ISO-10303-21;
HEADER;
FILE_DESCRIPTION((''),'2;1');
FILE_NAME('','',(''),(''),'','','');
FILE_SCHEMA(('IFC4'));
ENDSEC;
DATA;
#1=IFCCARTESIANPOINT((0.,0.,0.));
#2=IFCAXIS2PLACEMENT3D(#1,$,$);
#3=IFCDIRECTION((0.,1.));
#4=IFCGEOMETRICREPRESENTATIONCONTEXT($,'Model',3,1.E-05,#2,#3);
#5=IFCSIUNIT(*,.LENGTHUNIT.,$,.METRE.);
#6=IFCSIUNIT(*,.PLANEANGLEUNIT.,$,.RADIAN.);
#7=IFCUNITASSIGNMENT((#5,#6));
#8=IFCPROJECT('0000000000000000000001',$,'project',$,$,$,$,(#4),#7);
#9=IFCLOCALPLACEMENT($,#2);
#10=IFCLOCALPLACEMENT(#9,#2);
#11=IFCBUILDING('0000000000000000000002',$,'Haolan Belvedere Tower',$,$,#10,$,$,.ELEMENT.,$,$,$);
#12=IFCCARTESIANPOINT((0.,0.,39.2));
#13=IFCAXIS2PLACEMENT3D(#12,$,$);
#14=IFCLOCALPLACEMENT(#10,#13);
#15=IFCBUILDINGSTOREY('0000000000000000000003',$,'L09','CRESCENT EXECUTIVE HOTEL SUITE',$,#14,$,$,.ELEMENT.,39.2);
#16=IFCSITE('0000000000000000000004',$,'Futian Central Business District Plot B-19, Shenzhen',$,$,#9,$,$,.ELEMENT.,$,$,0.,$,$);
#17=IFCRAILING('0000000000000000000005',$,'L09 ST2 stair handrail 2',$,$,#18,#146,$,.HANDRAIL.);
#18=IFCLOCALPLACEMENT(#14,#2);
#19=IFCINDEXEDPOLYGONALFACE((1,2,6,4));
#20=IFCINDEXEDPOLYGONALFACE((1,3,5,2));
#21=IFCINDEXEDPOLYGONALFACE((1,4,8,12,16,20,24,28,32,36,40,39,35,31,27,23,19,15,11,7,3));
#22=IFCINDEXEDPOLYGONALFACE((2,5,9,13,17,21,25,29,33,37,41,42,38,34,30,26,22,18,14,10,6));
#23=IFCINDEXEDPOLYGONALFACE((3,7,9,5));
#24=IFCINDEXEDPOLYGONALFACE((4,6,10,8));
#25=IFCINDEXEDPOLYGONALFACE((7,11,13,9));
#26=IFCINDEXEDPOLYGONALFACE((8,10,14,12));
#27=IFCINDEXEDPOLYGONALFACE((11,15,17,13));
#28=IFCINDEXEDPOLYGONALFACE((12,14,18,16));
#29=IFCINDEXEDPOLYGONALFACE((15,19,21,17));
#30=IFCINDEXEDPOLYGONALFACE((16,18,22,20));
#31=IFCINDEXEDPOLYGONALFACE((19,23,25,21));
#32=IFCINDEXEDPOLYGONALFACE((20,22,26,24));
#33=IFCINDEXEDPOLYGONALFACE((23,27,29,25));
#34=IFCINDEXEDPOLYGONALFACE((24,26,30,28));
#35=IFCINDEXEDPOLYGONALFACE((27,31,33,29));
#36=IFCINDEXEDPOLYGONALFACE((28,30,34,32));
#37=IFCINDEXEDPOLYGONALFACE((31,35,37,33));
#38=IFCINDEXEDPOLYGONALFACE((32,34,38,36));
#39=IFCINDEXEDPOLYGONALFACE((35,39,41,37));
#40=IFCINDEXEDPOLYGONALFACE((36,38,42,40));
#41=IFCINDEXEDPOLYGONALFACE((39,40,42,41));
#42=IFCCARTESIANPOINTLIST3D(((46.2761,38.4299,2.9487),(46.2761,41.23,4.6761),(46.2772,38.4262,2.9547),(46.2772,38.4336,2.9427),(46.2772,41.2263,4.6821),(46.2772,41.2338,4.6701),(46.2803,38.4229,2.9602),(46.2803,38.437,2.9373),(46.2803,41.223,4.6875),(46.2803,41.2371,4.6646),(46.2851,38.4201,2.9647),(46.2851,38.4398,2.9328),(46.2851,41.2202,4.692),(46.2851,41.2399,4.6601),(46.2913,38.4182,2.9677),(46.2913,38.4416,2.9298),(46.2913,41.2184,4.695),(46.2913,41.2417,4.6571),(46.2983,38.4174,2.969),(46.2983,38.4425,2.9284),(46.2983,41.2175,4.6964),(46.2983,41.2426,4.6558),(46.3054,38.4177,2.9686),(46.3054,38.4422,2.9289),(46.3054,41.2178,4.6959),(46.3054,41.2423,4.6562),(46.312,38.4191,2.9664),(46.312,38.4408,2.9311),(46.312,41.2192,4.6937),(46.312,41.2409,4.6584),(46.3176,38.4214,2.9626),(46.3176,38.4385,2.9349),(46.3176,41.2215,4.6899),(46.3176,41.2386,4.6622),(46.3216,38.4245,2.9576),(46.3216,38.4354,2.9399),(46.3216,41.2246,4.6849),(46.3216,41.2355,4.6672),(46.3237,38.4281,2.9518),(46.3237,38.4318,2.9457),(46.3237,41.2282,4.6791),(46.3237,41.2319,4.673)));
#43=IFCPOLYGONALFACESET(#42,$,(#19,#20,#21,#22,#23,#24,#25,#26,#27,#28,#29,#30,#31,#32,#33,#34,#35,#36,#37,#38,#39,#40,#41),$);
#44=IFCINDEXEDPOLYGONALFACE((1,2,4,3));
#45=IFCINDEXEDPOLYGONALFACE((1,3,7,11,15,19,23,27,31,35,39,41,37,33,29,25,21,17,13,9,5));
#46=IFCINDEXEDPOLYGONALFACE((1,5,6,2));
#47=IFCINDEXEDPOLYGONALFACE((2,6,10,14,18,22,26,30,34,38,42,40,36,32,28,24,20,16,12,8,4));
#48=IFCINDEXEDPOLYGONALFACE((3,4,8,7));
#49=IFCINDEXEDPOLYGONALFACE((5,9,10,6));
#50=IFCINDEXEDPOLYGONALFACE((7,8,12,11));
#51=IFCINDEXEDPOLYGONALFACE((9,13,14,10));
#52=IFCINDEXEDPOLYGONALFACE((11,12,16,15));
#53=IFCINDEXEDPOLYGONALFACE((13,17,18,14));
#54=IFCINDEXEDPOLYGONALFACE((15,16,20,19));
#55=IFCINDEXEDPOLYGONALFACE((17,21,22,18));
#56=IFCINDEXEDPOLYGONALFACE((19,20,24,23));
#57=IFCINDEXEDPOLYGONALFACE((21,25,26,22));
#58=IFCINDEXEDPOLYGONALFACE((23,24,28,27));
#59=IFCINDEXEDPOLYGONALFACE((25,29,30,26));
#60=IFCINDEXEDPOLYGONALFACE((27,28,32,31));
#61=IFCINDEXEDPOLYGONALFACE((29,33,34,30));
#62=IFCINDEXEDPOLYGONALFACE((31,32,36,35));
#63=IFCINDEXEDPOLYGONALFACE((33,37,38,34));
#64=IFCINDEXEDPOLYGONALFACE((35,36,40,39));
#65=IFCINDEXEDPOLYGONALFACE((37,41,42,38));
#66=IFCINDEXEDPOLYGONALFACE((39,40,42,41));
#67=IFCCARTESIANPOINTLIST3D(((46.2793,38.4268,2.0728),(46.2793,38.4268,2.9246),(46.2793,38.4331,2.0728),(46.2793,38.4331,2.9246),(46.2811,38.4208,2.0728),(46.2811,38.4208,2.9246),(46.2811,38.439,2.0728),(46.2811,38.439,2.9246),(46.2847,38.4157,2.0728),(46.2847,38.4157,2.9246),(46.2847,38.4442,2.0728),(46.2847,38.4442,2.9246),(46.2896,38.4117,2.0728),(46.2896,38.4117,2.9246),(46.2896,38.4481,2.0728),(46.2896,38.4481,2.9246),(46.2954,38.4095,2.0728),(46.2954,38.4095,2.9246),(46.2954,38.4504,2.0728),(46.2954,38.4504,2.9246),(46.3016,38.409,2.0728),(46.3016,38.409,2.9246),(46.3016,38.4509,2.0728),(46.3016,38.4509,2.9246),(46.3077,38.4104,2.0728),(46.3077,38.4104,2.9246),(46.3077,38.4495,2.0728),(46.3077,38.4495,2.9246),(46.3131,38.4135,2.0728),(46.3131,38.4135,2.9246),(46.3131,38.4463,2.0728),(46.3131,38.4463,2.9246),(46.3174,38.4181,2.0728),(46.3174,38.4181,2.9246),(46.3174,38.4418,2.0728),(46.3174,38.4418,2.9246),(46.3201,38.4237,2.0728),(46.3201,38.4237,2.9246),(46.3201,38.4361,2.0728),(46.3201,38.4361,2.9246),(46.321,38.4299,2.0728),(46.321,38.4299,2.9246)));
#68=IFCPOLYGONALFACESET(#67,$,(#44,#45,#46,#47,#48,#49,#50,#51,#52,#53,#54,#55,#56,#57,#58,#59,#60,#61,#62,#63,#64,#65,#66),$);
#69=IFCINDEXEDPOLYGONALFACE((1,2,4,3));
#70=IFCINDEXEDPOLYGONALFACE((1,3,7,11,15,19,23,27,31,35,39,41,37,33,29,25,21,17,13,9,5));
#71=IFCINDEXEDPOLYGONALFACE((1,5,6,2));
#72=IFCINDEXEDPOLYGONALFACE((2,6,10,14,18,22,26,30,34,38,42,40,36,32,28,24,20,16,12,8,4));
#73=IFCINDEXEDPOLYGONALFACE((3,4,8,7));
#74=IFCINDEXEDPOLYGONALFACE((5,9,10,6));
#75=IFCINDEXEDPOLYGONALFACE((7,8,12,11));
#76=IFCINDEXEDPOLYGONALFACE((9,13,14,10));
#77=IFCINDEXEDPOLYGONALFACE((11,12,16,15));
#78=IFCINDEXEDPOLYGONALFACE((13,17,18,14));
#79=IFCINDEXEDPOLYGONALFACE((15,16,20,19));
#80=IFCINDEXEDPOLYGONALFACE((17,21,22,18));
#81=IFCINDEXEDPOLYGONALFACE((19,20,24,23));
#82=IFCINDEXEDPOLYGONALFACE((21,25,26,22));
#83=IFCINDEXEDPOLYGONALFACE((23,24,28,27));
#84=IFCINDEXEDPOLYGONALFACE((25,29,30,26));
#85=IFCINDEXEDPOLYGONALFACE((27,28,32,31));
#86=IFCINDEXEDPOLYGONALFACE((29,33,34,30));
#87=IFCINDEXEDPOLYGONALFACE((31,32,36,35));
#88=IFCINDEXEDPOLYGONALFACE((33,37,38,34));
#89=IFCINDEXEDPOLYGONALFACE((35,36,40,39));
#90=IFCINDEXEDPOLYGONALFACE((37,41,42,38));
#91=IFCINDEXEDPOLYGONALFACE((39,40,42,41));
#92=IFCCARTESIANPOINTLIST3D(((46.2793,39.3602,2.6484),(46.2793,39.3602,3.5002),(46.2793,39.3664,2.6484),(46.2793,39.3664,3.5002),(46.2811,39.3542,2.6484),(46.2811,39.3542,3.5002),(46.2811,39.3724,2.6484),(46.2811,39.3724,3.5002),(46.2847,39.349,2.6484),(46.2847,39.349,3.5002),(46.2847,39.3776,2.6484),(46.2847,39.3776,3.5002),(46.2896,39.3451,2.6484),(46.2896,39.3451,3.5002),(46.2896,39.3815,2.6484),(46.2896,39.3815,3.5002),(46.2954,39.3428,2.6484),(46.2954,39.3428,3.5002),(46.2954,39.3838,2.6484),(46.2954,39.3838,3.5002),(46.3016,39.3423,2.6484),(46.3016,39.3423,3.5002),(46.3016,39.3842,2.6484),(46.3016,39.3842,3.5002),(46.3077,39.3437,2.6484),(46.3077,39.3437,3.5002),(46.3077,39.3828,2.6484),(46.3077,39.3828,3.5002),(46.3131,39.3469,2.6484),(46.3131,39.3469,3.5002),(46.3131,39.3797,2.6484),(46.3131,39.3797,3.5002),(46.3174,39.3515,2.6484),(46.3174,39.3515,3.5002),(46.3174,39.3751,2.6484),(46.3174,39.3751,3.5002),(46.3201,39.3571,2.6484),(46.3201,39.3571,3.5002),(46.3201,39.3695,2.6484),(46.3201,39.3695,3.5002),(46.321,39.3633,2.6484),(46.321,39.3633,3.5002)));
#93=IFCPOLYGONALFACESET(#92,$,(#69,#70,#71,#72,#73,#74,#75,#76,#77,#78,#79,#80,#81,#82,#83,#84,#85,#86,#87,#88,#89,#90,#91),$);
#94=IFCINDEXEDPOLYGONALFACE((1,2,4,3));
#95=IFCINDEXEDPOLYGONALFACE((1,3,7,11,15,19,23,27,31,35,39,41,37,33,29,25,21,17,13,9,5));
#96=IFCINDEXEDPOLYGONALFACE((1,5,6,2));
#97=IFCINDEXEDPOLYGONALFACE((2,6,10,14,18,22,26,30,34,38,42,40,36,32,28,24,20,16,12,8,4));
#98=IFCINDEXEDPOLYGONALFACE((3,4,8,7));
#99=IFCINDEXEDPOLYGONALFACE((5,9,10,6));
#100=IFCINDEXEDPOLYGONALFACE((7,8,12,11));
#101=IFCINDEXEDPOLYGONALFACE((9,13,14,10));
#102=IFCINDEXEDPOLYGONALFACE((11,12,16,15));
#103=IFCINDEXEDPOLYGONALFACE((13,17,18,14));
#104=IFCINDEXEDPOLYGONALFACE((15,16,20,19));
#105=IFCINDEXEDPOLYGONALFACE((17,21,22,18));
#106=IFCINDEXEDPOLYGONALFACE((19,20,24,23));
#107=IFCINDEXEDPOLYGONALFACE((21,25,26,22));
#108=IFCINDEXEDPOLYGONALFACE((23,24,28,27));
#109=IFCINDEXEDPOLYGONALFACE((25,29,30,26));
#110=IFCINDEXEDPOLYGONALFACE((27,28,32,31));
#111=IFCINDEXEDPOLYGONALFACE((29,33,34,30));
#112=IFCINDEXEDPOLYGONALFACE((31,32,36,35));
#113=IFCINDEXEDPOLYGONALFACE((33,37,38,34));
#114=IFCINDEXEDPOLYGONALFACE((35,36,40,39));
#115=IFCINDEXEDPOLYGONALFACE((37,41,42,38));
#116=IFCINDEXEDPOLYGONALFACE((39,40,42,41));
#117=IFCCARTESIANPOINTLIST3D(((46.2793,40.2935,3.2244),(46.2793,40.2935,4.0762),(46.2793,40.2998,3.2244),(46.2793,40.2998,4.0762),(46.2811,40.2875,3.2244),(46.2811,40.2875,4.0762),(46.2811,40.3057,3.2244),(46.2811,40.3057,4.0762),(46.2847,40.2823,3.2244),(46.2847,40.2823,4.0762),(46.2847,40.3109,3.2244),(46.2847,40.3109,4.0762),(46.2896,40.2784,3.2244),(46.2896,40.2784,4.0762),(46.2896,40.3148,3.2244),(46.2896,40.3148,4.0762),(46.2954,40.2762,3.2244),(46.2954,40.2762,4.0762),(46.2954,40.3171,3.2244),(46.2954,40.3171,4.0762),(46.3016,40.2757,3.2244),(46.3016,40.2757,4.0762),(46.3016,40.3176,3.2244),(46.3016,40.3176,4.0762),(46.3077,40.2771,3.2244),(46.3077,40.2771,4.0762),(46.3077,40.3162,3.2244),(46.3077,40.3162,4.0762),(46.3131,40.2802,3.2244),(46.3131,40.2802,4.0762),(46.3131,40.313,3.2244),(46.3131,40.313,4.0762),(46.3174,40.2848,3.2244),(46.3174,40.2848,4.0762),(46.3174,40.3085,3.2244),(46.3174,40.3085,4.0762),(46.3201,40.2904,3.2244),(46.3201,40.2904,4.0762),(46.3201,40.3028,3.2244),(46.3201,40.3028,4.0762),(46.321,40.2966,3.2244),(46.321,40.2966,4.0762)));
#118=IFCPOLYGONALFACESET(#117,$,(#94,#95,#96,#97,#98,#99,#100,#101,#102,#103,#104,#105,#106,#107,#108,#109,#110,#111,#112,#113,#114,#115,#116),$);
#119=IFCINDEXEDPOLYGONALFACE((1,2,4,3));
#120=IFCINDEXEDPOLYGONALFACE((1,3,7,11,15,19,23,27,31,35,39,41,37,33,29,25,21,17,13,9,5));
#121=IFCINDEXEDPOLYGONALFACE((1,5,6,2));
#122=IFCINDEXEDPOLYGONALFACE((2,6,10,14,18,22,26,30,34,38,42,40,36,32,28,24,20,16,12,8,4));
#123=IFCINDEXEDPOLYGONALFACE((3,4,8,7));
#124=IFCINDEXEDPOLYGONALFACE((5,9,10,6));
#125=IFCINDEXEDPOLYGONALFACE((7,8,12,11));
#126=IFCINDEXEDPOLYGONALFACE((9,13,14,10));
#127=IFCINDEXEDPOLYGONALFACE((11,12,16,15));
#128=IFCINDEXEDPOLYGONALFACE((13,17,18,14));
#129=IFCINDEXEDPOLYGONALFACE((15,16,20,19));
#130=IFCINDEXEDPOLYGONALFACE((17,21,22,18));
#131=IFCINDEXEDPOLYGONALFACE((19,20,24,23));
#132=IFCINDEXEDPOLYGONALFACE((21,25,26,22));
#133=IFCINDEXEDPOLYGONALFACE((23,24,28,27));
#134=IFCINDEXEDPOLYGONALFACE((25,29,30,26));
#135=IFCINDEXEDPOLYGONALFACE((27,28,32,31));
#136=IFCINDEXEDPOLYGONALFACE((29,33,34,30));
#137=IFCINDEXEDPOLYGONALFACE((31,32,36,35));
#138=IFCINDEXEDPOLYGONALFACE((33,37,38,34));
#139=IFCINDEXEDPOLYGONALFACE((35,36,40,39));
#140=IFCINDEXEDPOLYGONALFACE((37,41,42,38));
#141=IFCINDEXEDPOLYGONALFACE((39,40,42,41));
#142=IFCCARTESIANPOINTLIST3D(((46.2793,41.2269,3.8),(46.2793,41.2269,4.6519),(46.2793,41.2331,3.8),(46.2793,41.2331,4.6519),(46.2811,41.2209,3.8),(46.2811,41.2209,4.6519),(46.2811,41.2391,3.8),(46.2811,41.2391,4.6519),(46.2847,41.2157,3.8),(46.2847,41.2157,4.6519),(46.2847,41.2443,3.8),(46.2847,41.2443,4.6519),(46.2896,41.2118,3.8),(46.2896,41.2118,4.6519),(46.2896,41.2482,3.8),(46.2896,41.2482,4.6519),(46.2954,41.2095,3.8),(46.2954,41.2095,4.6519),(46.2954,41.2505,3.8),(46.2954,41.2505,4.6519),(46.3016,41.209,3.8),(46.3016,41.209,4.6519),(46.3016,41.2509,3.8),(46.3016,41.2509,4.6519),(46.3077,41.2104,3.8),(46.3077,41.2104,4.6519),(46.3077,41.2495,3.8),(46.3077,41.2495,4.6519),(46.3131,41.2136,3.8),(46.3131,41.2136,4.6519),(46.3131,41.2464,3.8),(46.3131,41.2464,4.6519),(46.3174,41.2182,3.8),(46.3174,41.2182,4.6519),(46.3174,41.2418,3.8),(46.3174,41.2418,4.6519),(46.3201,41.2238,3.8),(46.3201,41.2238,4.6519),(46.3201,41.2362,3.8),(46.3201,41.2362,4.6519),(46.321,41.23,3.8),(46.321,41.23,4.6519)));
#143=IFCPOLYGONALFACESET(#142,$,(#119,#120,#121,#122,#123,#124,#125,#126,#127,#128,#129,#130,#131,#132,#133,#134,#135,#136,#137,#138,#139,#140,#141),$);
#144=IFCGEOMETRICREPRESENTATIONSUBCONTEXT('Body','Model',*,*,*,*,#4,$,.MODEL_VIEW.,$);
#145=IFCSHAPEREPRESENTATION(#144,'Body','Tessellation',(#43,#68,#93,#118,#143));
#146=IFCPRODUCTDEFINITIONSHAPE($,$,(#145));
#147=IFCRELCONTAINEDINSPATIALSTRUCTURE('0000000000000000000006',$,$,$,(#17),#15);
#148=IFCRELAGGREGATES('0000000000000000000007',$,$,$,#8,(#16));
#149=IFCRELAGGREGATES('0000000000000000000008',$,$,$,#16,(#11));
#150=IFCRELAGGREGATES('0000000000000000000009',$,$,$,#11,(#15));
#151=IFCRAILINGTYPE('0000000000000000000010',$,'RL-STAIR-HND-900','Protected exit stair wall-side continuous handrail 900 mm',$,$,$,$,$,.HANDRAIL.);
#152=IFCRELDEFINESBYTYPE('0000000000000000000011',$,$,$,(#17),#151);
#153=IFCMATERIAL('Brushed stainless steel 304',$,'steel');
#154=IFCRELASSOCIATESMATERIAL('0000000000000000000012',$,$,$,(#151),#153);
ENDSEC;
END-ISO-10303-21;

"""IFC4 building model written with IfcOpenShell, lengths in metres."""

from ifc_helpers import new_model, si_unit, direction, frame, origin, origin_2d, place, context, subcontext, project, spatial, circle, extrude, material, type_object, element, save


model = new_model("IFC4")

# Units and contexts
model_context = context("Model", 3, precision=1e-05, world=origin(), true_north=direction((0.0, 1.0)))
body_context = subcontext(model_context, "Body", "Model", "MODEL_VIEW")
ifc_project = project(units=[si_unit("LENGTHUNIT", "METRE"), si_unit("PLANEANGLEUNIT", "RADIAN")], contexts=[model_context])

# Site, building, storey
site_placement = place(None, origin())
site = spatial("IfcSite", under=ifc_project, at=site_placement, Name="Futian Central Business District Plot B-19, Shenzhen", CompositionType="ELEMENT", RefElevation=0.0)
building_placement = place(site_placement, origin())
building = spatial("IfcBuilding", under=site, at=building_placement, Name="Haolan Belvedere Tower", CompositionType="ELEMENT")
storey_placement = place(building_placement, frame((0.0, 0.0, 39.2)))
storey = spatial("IfcBuildingStorey", under=building, at=storey_placement, Name="L09", Description="CRESCENT EXECUTIVE HOTEL SUITE", CompositionType="ELEMENT", Elevation=39.2)

# Railing
ifc_material_1 = material(Name="Brushed stainless steel 304", Category="steel")
railing_type = type_object("IfcRailingType", Name="RL-STAIR-HND-900", Description="Protected exit stair wall-side continuous handrail 900 mm", PredefinedType="HANDRAIL", material=ifc_material_1)
railing_placement = place(storey_placement, frame((46.3, 38.4299, 2.0728)))
element("IfcRailing", 1, at=railing_placement, inside=storey, type_object=railing_type, Name="L09 ST2 stair handrail 2", PredefinedType="HANDRAIL", context=body_context, shape_type="SweptSolid", body=[
    extrude(circle(Radius=0.0239, at=origin_2d()), frame((0.0, 0.0, 0.876), z_axis=(0.0, 0.85109, 0.52502), x_axis=(-1.0, 0.0, 0.0)), (0.0, 0.0, 1.0), 3.29),
    extrude(circle(Radius=0.021, at=origin_2d()), origin(), (0.0, 0.0, 1.0), 0.8518),
    extrude(circle(Radius=0.021, at=origin_2d()), frame((0.0, 0.9333, 0.5757)), (0.0, 0.0, 1.0), 0.8518),
    extrude(circle(Radius=0.021, at=origin_2d()), frame((0.0, 1.8667, 1.1516)), (0.0, 0.0, 1.0), 0.8518),
    extrude(circle(Radius=0.021, at=origin_2d()), frame((0.0, 2.8, 1.7273)), (0.0, 0.0, 1.0), 0.8518),
])

save(model, "model.ifc")
